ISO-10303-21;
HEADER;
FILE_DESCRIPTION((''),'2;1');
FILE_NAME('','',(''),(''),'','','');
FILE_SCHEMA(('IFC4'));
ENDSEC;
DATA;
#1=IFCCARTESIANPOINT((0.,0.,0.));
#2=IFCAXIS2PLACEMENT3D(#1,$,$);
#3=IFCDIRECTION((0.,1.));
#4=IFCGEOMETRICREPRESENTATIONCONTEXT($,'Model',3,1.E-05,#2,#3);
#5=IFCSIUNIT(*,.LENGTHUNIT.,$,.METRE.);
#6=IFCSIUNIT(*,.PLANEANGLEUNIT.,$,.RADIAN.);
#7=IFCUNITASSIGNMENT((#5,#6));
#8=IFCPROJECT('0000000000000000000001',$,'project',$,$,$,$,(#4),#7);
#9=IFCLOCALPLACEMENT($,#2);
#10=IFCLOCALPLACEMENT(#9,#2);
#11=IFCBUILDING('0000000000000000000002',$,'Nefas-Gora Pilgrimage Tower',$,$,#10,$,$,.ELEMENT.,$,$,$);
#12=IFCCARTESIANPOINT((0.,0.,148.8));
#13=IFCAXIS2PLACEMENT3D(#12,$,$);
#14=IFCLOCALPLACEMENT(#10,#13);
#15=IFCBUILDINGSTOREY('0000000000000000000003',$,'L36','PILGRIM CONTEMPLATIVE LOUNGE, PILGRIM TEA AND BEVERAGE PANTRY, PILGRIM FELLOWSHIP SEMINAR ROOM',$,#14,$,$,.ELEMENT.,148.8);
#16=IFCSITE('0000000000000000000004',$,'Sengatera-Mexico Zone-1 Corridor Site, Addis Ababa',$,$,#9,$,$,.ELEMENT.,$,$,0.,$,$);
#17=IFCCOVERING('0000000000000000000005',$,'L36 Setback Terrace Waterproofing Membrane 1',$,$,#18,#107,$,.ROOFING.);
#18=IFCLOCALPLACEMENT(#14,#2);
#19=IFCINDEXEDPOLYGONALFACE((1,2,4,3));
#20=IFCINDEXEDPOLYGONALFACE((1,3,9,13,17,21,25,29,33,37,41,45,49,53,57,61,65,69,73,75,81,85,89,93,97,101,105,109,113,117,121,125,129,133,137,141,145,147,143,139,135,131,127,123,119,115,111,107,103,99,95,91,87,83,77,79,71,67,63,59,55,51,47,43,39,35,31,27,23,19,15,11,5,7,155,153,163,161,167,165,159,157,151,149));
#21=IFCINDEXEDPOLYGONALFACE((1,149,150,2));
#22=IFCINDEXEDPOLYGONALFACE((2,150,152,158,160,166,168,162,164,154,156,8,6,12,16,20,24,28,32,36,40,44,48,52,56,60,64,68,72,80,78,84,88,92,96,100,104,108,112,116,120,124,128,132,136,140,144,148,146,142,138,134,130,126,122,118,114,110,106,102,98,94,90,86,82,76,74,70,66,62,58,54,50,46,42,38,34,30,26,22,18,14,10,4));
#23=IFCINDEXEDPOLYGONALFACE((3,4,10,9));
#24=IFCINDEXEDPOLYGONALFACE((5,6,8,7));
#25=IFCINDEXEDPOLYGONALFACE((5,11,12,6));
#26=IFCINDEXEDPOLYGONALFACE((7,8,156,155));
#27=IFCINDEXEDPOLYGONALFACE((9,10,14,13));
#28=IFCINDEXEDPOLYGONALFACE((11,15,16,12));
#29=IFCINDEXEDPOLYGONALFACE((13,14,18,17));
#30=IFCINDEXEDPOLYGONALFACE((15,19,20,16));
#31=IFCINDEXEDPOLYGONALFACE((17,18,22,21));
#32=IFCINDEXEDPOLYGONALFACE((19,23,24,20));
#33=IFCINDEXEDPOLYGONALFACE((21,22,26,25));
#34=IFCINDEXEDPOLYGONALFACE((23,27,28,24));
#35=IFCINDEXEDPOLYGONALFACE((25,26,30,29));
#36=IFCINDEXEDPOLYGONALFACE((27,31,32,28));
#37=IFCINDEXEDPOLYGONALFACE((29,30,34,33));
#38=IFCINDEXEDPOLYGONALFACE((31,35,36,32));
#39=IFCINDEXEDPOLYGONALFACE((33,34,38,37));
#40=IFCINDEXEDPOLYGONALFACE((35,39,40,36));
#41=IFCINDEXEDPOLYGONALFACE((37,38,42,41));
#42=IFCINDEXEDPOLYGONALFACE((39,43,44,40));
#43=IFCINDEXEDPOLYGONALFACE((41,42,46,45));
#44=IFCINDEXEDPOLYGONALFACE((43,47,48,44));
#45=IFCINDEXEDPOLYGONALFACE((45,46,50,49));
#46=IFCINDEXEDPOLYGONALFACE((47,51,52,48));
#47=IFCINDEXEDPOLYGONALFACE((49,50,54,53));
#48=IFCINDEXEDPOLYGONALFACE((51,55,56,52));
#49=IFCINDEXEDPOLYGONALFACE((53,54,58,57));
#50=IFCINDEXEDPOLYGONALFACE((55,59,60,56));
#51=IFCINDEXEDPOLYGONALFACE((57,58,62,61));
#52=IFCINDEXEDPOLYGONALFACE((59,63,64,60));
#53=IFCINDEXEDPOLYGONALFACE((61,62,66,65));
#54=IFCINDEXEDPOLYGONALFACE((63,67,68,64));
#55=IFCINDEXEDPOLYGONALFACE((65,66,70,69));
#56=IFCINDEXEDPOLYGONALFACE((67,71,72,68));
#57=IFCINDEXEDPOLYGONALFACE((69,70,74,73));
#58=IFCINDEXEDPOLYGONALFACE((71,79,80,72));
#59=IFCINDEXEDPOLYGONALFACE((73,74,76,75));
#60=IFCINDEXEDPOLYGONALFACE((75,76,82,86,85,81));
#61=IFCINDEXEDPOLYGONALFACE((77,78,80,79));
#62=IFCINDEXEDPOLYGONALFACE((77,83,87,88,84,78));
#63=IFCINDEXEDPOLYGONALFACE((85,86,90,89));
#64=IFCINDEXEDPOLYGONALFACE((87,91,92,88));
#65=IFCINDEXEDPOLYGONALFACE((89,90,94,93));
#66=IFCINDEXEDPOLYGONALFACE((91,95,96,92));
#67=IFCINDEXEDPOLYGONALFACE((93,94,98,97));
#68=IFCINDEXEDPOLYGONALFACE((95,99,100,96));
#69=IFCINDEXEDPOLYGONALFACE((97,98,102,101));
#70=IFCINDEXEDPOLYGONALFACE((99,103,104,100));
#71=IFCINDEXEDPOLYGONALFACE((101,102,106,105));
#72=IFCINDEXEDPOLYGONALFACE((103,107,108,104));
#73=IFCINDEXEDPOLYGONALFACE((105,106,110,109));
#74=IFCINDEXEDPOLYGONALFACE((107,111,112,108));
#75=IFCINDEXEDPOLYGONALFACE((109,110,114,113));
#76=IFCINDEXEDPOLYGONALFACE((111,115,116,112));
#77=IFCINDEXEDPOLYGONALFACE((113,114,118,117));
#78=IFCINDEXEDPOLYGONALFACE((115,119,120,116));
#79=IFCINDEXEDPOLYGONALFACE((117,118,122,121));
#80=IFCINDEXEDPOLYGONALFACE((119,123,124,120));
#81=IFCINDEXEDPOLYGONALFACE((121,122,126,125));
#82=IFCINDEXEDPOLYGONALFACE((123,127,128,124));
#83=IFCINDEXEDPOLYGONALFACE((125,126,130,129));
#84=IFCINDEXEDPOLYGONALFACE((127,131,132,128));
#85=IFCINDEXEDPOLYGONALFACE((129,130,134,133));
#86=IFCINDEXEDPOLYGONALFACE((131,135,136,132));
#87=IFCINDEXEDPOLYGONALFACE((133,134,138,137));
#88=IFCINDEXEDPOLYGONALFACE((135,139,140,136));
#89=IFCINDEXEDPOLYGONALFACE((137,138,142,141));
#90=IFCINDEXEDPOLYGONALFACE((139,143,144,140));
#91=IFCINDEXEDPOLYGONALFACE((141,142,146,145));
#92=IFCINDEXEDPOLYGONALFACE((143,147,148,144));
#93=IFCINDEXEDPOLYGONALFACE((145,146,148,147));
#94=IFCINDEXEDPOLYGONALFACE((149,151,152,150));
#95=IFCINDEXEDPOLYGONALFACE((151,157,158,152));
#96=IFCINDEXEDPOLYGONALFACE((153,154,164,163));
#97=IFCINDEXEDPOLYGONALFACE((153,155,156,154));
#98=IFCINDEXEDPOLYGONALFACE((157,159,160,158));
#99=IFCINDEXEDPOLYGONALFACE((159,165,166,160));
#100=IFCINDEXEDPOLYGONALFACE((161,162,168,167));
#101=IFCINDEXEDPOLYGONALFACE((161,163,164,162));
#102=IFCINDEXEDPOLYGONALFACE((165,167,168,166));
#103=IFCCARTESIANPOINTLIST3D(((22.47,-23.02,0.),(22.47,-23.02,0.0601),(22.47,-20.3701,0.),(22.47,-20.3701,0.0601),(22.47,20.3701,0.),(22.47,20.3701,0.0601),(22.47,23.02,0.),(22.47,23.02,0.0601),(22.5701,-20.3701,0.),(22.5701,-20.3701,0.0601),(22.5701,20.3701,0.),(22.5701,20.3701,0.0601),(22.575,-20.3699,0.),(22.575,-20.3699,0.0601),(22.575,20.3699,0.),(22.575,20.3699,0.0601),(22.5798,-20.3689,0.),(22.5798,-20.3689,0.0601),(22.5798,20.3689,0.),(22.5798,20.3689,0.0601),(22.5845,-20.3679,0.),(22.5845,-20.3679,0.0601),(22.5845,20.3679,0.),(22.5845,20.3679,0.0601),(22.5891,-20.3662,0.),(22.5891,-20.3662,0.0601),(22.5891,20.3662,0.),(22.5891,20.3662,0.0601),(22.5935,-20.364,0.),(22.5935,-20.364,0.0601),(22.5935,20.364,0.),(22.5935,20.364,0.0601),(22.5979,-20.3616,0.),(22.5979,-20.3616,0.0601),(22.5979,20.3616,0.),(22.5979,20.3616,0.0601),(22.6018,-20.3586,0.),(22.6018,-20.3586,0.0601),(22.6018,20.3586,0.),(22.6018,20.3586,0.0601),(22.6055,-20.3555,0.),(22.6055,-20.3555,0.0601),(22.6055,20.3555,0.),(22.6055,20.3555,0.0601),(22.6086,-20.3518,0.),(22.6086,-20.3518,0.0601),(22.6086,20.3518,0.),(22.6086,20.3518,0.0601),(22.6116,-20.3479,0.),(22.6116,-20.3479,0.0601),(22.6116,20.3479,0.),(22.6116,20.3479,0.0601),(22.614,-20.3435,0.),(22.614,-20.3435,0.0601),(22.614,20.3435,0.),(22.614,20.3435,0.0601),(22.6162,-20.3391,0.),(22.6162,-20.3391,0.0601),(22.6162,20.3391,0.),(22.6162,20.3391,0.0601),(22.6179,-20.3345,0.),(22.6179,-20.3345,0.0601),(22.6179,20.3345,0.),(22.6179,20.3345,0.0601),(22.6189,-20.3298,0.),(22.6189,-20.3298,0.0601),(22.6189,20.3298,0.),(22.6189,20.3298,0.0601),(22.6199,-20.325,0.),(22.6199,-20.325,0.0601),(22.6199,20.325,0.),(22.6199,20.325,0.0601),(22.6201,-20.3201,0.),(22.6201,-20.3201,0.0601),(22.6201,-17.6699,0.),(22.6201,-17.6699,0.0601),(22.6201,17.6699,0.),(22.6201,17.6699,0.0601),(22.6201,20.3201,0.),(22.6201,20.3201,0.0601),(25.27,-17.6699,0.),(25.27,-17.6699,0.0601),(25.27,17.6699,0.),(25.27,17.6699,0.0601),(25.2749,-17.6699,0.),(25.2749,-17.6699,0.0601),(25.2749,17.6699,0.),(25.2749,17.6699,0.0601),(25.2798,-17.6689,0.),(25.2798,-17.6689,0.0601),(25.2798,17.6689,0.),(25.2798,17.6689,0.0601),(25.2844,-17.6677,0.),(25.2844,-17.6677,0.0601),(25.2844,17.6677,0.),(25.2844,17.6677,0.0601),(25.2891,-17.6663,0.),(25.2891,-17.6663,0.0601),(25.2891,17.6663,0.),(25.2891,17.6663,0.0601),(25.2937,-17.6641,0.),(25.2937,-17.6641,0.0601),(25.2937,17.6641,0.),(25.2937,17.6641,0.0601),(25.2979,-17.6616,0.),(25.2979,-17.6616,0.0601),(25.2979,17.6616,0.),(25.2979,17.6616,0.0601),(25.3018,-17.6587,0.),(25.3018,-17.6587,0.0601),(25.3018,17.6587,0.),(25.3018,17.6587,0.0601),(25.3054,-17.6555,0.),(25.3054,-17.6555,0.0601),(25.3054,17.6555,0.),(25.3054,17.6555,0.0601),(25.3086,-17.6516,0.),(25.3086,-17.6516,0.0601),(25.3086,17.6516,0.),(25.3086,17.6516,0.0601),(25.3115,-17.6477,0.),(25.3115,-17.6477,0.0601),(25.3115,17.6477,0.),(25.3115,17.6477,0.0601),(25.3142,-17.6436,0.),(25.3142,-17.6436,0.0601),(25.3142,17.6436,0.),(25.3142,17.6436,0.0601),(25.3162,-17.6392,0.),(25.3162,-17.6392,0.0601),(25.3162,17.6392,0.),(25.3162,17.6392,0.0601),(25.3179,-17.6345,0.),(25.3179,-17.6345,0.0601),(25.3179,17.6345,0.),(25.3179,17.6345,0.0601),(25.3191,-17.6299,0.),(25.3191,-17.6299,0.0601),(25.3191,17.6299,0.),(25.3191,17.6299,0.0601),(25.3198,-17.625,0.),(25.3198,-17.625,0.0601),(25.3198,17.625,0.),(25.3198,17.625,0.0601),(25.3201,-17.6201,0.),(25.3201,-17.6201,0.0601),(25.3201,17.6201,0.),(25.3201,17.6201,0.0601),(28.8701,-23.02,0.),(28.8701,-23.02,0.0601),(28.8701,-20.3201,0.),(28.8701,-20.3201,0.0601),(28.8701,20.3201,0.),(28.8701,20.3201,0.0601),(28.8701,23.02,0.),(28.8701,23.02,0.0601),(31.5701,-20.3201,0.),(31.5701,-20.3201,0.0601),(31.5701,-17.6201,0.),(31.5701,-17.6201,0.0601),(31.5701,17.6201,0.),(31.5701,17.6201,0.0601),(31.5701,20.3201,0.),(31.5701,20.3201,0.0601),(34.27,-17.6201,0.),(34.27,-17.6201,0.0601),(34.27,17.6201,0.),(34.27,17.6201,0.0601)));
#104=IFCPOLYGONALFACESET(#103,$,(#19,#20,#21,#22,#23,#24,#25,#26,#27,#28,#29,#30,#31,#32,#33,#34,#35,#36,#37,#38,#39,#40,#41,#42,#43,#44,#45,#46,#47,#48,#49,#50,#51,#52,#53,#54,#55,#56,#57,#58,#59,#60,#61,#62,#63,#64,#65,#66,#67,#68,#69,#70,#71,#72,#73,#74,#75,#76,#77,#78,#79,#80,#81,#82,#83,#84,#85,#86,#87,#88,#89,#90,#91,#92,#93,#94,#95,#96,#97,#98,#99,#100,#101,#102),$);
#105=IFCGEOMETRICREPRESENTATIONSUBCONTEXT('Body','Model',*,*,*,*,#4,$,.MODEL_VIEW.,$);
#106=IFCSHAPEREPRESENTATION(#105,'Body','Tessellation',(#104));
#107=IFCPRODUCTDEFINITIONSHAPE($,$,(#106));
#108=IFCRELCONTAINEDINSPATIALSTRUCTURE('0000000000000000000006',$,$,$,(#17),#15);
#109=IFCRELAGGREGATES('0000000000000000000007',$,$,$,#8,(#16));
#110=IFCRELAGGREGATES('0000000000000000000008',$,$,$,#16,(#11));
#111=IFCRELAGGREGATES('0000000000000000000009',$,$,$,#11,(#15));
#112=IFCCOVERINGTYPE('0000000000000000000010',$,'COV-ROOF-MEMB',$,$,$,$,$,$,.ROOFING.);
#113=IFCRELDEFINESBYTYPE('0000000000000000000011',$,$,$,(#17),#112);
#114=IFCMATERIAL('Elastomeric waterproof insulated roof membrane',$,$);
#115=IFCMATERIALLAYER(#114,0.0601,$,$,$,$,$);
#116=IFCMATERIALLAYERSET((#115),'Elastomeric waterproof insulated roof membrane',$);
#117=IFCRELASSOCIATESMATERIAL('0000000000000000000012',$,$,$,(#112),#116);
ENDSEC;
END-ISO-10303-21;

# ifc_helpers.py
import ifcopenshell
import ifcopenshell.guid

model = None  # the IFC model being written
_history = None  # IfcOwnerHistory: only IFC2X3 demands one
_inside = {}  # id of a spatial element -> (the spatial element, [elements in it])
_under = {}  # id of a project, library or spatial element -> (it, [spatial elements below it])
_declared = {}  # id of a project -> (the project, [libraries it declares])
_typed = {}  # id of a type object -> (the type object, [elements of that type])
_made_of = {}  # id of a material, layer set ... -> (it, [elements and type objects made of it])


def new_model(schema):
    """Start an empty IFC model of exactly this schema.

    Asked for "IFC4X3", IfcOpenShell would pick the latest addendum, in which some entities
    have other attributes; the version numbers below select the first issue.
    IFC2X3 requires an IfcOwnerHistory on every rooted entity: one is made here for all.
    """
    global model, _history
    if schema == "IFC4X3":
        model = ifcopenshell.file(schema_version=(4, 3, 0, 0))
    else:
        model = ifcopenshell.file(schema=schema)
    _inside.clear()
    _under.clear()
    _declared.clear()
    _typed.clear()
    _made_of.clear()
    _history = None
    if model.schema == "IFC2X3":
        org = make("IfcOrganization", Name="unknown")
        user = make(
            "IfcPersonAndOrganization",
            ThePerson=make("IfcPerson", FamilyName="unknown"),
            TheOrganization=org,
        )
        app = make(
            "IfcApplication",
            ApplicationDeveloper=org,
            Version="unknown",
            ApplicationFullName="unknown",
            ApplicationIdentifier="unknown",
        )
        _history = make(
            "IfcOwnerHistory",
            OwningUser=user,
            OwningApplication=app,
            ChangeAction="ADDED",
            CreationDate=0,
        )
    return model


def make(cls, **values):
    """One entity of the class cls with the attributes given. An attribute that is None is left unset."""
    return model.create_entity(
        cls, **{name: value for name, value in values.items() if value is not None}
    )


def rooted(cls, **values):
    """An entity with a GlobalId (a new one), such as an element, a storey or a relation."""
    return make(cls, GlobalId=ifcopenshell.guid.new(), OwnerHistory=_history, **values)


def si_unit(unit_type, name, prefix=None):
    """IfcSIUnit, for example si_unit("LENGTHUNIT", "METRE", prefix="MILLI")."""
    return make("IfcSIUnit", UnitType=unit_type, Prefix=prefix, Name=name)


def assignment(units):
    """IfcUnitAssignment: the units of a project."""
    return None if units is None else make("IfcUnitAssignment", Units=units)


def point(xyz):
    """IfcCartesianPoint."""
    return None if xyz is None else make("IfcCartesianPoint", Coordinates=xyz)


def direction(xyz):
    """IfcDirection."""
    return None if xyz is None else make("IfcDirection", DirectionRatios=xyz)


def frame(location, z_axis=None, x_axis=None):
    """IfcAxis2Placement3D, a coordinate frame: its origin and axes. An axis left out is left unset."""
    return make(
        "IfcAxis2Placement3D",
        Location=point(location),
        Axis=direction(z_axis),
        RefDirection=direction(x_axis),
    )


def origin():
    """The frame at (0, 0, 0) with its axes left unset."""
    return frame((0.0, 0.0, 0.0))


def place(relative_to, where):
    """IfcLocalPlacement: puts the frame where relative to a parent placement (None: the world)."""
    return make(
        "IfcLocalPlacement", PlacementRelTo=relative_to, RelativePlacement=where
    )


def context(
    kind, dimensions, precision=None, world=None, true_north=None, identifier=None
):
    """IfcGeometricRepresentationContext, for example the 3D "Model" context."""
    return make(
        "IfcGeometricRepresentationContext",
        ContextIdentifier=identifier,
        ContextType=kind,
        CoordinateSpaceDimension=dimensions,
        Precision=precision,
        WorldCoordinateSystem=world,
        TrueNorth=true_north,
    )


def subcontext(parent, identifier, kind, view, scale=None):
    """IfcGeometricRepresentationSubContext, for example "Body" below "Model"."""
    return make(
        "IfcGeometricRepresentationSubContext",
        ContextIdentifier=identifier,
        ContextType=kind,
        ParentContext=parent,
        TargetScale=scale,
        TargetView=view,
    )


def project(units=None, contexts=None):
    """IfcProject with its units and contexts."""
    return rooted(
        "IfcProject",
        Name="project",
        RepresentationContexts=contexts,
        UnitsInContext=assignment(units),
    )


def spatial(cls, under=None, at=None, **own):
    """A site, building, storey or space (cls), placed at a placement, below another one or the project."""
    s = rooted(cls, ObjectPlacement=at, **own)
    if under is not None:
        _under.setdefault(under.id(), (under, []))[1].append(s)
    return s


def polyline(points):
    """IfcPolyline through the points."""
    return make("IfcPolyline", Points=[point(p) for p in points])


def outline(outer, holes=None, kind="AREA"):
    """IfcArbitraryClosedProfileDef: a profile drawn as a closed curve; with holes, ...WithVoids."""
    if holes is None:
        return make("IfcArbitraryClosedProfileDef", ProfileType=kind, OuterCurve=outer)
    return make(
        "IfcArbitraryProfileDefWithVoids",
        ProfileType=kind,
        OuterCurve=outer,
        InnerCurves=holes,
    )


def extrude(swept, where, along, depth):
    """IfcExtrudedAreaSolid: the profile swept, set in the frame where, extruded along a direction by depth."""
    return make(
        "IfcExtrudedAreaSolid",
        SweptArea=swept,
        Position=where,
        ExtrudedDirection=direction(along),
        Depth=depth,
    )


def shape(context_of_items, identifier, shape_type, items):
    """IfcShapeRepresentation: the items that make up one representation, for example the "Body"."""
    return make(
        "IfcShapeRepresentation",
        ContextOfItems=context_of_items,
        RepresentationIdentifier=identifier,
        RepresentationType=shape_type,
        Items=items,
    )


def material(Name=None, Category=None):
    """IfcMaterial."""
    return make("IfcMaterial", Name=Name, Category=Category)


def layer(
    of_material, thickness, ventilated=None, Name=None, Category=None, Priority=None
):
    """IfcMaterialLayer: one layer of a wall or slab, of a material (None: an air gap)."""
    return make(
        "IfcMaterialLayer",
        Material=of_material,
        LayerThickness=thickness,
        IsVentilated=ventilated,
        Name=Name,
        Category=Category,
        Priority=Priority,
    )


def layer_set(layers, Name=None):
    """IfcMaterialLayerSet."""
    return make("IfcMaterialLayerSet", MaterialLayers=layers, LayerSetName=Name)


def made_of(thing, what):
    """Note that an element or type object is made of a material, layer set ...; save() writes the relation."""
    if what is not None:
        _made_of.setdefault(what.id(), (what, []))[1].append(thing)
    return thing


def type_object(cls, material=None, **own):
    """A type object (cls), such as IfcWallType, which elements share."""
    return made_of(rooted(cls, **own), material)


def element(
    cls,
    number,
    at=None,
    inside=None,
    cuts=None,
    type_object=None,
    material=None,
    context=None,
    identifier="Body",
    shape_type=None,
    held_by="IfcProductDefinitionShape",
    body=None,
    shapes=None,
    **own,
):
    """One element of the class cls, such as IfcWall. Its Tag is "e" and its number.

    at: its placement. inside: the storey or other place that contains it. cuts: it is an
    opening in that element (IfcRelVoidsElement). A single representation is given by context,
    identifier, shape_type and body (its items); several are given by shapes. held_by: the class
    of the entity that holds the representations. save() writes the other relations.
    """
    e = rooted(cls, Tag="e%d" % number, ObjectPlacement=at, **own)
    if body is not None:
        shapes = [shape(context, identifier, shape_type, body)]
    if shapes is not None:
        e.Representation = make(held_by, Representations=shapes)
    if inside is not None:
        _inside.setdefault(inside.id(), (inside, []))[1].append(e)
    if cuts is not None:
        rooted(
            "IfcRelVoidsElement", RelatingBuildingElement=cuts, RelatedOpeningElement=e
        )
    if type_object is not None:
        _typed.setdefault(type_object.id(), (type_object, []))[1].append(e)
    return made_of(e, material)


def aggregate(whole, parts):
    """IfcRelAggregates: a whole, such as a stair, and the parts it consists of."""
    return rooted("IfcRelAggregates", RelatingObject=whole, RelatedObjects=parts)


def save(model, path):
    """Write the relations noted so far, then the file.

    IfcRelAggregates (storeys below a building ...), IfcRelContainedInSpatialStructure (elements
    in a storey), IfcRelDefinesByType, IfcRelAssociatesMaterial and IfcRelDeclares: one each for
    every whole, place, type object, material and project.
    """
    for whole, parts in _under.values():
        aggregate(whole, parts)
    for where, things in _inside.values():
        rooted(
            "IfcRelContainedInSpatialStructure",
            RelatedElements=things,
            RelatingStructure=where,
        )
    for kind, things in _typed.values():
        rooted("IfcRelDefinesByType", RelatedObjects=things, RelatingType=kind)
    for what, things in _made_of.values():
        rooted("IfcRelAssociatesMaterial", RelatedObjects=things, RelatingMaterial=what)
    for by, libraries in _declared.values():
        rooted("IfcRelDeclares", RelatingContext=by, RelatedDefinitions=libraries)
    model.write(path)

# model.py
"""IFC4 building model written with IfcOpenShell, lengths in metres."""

from ifc_helpers import new_model, si_unit, direction, frame, origin, place, context, subcontext, project, spatial, polyline, outline, extrude, material, layer, layer_set, type_object, element, save


model = new_model("IFC4")

# Units and contexts
model_context = context("Model", 3, precision=1e-05, world=origin(), true_north=direction((0.0, 1.0)))
body_context = subcontext(model_context, "Body", "Model", "MODEL_VIEW")
ifc_project = project(units=[si_unit("LENGTHUNIT", "METRE"), si_unit("PLANEANGLEUNIT", "RADIAN")], contexts=[model_context])

# Site, building, storey
site_placement = place(None, origin())
site = spatial("IfcSite", under=ifc_project, at=site_placement, Name="Sengatera-Mexico Zone-1 Corridor Site, Addis Ababa", CompositionType="ELEMENT", RefElevation=0.0)
building_placement = place(site_placement, origin())
building = spatial("IfcBuilding", under=site, at=building_placement, Name="Nefas-Gora Pilgrimage Tower", CompositionType="ELEMENT")
storey_placement = place(building_placement, frame((0.0, 0.0, 148.8)))
storey = spatial("IfcBuildingStorey", under=building, at=storey_placement, Name="L36", Description="PILGRIM CONTEMPLATIVE LOUNGE, PILGRIM TEA AND BEVERAGE PANTRY, PILGRIM FELLOWSHIP SEMINAR ROOM", CompositionType="ELEMENT", Elevation=148.8)

# Covering
ifc_material_1 = material(Name="Elastomeric waterproof insulated roof membrane")
ifc_layer_1 = layer(ifc_material_1, 0.0601)
ifc_layer_set_1 = layer_set([ifc_layer_1], Name="Elastomeric waterproof insulated roof membrane")
covering_type = type_object("IfcCoveringType", Name="COV-ROOF-MEMB", PredefinedType="ROOFING", material=ifc_layer_set_1)
covering_placement = place(storey_placement, origin())
element("IfcCovering", 1, at=covering_placement, inside=storey, type_object=covering_type, Name="L36 Setback Terrace Waterproofing Membrane 1", PredefinedType="ROOFING", context=body_context, shape_type="SweptSolid", body=[
    extrude(outline(polyline([(28.8701, 23.02), (22.47, 23.02), (22.47, 20.3701), (22.5701, 20.3701), (22.575, 20.3699), (22.5798, 20.3689), (22.5845, 20.3679), (22.5891, 20.3662), (22.5935, 20.364), (22.5979, 20.3616), (22.6018, 20.3586), (22.6055, 20.3555), (22.6086, 20.3518), (22.6116, 20.3479), (22.614, 20.3435), (22.6162, 20.3391), (22.6179, 20.3345), (22.6189, 20.3298), (22.6199, 20.325), (22.6201, 20.3201), (22.6201, 17.6699), (25.27, 17.6699), (25.2749, 17.6699), (25.2798, 17.6689), (25.2844, 17.6677), (25.2891, 17.6663), (25.2937, 17.6641), (25.2979, 17.6616), (25.3018, 17.6587), (25.3054, 17.6555), (25.3086, 17.6516), (25.3115, 17.6477), (25.3142, 17.6436), (25.3162, 17.6392), (25.3179, 17.6345), (25.3191, 17.6299), (25.3198, 17.625), (25.3201, 17.6201), (25.3201, -17.6201), (25.3198, -17.625), (25.3191, -17.6299), (25.3179, -17.6345), (25.3162, -17.6392), (25.3142, -17.6436), (25.3115, -17.6477), (25.3086, -17.6516), (25.3054, -17.6555), (25.3018, -17.6587), (25.2979, -17.6616), (25.2937, -17.6641), (25.2891, -17.6663), (25.2844, -17.6677), (25.2798, -17.6689), (25.2749, -17.6699), (25.27, -17.6699), (22.6201, -17.6699), (22.6201, -20.3201), (22.6199, -20.325), (22.6189, -20.3298), (22.6179, -20.3345), (22.6162, -20.3391), (22.614, -20.3435), (22.6116, -20.3479), (22.6086, -20.3518), (22.6055, -20.3555), (22.6018, -20.3586), (22.5979, -20.3616), (22.5935, -20.364), (22.5891, -20.3662), (22.5845, -20.3679), (22.5798, -20.3689), (22.575, -20.3699), (22.5701, -20.3701), (22.47, -20.3701), (22.47, -23.02), (28.8701, -23.02), (28.8701, -20.3201), (31.5701, -20.3201), (31.5701, -17.6201), (34.27, -17.6201), (34.27, 17.6201), (31.5701, 17.6201), (31.5701, 20.3201), (28.8701, 20.3201), (28.8701, 23.02)])), origin(), (0.0, 0.0, 1.0), 0.0601),
])

save(model, "model.ifc")
